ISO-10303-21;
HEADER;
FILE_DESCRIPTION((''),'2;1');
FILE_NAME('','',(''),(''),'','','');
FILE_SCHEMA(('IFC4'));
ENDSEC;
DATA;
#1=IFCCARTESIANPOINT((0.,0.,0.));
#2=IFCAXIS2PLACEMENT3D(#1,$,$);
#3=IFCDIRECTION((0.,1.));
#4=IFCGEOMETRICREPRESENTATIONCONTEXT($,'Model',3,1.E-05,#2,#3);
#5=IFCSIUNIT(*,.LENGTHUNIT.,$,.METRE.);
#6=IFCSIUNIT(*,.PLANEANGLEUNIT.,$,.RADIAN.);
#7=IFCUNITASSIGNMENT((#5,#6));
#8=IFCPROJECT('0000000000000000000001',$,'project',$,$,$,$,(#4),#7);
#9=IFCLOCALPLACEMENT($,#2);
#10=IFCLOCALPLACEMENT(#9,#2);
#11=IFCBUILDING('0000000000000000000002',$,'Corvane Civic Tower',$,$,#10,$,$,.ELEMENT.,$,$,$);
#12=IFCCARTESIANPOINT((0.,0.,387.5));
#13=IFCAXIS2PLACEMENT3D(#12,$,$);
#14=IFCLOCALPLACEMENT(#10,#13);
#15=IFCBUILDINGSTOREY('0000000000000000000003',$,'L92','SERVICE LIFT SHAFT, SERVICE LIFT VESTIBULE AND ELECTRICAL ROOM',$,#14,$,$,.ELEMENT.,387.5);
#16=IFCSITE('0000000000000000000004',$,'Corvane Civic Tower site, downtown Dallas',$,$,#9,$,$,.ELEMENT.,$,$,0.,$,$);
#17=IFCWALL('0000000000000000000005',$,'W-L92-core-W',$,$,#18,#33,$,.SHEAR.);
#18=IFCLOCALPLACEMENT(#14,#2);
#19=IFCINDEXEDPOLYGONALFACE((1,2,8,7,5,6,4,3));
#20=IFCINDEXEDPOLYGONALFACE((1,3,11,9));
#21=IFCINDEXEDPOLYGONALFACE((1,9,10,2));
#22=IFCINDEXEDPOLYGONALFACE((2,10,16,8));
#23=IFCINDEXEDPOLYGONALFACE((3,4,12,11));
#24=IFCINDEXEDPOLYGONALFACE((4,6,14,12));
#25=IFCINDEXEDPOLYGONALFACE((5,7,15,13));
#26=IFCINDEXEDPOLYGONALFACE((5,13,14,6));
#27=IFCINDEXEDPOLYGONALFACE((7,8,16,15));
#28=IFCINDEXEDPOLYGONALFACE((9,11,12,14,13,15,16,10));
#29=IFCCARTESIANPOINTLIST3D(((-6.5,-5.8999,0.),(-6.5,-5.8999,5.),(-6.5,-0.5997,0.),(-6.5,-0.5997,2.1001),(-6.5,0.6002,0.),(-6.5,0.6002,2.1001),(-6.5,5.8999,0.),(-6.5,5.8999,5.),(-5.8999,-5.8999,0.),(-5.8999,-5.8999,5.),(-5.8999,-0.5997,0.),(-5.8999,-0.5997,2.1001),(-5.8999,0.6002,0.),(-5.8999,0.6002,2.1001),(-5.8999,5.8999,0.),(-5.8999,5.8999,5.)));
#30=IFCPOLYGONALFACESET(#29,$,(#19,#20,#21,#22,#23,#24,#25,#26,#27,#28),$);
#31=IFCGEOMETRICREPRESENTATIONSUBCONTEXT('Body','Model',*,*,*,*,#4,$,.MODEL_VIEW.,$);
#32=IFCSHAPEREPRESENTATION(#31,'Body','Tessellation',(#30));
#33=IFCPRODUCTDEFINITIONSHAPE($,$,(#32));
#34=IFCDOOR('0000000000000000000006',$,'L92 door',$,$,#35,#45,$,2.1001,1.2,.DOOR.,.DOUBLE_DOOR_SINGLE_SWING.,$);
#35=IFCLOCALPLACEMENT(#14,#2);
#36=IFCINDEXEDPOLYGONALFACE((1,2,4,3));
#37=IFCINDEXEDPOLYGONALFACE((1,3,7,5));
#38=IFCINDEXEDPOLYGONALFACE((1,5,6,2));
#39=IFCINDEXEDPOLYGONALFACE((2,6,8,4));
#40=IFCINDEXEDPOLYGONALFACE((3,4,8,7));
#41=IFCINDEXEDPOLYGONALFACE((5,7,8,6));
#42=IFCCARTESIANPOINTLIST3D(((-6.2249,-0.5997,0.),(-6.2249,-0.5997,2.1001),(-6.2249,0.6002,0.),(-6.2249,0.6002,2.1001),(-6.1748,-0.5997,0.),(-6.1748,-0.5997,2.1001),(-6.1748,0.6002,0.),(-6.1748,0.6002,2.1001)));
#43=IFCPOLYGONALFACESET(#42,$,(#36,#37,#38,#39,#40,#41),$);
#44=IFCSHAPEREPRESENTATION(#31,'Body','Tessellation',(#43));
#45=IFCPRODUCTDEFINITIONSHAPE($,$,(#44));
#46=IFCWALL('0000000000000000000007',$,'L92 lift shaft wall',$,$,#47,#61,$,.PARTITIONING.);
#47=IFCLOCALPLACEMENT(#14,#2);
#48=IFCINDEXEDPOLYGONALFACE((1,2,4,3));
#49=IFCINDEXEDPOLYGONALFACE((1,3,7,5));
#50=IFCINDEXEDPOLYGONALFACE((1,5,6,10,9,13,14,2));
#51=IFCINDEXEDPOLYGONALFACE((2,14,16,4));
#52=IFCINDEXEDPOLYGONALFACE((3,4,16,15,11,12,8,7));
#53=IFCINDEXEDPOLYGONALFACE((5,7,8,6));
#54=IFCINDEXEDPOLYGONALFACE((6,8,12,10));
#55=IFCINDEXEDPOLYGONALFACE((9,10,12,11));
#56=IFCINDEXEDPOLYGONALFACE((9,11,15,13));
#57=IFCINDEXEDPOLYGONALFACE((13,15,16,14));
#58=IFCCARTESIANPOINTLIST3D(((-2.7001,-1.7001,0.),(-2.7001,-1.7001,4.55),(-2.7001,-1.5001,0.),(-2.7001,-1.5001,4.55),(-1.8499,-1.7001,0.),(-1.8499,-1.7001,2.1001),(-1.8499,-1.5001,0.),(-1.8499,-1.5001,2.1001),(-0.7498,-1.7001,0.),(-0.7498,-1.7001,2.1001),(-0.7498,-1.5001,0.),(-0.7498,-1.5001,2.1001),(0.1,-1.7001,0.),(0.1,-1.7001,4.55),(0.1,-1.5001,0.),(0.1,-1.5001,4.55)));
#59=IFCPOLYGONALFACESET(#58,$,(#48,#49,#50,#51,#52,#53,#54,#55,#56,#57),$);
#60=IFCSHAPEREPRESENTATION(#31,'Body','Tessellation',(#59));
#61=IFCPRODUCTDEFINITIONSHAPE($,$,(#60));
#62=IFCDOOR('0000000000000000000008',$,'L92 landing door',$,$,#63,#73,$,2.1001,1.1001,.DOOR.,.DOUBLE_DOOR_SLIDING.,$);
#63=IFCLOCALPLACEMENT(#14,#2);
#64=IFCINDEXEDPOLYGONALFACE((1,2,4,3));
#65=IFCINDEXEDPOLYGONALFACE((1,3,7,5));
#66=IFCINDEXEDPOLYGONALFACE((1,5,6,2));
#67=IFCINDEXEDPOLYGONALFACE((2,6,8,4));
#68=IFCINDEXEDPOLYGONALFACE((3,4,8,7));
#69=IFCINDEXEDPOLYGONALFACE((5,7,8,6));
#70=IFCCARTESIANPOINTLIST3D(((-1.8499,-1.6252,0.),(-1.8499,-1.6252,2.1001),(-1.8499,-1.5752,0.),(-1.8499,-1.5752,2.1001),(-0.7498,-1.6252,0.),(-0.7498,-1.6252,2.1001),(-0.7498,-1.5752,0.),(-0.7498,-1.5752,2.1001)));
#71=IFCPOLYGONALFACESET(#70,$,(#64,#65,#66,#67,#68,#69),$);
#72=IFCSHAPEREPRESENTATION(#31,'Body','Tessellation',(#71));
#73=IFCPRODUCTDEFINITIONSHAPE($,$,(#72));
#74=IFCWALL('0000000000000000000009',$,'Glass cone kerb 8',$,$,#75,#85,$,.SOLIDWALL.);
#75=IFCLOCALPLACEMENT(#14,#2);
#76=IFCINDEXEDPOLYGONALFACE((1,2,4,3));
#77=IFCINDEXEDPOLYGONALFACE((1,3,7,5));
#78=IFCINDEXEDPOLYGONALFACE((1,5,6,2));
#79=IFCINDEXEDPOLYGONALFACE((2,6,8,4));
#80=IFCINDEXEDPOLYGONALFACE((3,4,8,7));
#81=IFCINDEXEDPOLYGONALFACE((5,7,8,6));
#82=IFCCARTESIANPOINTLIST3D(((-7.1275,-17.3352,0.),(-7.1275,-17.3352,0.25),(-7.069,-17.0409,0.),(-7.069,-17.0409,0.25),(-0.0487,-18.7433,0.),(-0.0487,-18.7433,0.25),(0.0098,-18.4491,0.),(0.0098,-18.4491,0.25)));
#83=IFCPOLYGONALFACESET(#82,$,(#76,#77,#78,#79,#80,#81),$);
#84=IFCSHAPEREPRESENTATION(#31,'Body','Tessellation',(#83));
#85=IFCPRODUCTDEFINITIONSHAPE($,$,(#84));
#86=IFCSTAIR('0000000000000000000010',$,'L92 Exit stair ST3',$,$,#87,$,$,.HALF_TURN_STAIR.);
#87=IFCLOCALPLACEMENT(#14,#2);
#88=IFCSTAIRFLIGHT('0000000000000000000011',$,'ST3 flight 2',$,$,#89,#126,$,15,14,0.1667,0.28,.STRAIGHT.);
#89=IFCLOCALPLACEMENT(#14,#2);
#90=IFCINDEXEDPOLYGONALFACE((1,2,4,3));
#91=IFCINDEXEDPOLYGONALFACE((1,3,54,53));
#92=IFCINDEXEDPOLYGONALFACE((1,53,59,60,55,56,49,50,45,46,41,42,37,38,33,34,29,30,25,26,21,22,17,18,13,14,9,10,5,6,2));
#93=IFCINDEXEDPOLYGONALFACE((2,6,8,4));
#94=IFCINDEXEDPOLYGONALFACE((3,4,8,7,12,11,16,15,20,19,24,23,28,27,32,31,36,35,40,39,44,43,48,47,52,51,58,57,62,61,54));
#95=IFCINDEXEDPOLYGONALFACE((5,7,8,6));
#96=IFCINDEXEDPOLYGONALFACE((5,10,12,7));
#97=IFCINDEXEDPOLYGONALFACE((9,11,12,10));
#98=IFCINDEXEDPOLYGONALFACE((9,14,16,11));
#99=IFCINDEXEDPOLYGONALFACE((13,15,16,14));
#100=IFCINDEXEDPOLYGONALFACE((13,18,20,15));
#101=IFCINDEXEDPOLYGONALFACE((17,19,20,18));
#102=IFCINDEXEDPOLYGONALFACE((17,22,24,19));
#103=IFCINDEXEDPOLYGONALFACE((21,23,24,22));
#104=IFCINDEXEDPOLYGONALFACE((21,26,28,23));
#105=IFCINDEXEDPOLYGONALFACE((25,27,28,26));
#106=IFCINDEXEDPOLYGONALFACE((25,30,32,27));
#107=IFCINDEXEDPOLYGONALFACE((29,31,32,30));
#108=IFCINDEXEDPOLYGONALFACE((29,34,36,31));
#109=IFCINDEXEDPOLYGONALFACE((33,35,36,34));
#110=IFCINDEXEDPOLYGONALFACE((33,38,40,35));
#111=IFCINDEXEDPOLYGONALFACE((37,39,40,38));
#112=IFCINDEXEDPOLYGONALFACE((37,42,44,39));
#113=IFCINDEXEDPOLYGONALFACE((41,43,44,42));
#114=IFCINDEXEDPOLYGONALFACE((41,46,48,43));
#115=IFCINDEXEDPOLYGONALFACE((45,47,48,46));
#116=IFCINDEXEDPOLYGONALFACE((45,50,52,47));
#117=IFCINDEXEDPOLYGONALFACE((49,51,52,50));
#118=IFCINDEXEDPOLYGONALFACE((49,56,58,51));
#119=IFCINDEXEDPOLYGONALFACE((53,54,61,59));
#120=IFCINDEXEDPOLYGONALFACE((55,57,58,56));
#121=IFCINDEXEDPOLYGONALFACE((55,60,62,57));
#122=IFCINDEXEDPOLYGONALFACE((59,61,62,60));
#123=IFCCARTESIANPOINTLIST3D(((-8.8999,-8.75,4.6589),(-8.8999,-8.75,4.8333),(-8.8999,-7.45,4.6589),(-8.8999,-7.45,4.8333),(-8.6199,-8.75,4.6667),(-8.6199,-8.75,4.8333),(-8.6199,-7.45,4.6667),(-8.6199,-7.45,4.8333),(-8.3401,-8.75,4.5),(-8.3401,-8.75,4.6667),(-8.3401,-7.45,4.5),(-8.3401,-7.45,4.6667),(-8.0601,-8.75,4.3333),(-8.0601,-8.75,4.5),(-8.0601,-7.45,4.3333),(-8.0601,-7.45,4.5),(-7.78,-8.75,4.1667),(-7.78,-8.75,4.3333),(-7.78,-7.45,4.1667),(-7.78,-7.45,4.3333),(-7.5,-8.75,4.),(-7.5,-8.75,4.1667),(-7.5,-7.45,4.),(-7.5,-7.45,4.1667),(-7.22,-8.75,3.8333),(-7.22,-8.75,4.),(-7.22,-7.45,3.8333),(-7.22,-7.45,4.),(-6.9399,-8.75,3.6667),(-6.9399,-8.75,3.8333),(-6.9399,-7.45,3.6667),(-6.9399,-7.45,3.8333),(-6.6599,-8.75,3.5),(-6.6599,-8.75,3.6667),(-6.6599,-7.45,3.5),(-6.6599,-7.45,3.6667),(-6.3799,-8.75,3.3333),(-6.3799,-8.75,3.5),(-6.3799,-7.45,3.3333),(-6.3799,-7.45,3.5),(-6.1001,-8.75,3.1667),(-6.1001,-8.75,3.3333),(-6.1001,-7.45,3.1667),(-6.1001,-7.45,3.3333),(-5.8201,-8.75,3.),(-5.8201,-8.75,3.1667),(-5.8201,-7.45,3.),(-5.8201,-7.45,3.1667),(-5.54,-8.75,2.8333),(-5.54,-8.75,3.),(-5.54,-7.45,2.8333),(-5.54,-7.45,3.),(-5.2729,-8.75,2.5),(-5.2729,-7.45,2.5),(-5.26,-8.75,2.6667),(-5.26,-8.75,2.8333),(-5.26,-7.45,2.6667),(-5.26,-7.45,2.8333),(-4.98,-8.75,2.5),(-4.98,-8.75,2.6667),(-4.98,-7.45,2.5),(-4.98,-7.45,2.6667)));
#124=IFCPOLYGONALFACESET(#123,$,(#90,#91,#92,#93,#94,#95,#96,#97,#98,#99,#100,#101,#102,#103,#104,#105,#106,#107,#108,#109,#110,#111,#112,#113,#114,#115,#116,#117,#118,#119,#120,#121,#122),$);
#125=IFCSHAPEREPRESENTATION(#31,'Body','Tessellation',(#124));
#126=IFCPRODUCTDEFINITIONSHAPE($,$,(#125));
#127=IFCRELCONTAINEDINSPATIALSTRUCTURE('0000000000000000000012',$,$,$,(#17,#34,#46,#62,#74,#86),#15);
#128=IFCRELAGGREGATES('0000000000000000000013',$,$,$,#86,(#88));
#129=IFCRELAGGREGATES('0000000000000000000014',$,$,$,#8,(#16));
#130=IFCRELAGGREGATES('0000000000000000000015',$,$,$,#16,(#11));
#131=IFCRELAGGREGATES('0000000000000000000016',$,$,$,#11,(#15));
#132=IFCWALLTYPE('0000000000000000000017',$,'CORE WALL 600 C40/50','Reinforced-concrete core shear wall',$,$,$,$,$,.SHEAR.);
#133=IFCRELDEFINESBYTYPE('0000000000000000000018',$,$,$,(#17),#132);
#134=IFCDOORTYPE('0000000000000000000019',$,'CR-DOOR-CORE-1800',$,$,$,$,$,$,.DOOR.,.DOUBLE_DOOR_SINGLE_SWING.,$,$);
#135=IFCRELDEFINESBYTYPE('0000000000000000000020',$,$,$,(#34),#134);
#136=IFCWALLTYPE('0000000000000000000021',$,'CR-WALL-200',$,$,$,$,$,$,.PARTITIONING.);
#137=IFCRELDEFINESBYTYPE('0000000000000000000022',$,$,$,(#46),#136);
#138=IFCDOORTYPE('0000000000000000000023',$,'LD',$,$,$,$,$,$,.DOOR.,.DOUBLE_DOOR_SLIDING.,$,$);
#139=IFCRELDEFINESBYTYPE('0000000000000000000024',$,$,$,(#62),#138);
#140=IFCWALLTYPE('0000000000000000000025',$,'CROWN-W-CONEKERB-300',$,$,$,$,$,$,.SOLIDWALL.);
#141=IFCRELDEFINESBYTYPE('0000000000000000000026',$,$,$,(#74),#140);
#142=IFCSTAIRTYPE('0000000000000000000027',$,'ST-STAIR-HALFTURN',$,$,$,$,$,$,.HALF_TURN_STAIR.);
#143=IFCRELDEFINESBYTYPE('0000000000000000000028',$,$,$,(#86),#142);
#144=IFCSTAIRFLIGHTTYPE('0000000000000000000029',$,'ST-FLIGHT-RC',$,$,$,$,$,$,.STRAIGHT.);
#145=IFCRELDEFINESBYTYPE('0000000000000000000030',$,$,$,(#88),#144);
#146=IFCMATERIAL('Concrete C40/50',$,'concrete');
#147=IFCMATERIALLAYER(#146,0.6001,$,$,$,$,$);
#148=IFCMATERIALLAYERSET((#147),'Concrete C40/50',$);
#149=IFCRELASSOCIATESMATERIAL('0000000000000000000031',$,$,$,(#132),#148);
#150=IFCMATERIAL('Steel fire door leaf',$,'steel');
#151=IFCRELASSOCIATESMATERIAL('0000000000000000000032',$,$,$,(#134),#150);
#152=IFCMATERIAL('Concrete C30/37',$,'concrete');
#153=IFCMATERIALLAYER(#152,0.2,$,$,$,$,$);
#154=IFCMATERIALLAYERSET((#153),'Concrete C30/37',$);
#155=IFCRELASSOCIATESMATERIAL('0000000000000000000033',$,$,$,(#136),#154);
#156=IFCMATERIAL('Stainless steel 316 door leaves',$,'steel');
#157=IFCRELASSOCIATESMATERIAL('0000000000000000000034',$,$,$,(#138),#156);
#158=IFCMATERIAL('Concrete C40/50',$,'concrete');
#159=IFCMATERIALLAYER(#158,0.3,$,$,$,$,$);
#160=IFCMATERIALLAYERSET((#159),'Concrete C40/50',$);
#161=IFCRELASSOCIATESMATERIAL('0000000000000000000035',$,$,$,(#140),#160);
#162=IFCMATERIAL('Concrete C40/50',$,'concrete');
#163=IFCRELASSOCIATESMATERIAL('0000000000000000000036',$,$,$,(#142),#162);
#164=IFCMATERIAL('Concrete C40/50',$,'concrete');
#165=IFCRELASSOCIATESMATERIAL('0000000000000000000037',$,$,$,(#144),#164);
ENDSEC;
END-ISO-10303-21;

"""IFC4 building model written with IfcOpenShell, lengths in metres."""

from ifc_helpers import new_model, si_unit, direction, frame, frame_2d, origin, place, context, subcontext, project, spatial, polyline, rectangle, outline, extrude, material, layer, layer_set, type_object, element, fill, aggregate, save


model = new_model("IFC4")

# Units and contexts
model_context = context("Model", 3, precision=1e-05, world=origin(), true_north=direction((0.0, 1.0)))
body_context = subcontext(model_context, "Body", "Model", "MODEL_VIEW")
ifc_project = project(units=[si_unit("LENGTHUNIT", "METRE"), si_unit("PLANEANGLEUNIT", "RADIAN")], contexts=[model_context])

# Site, building, storey
site_placement = place(None, origin())
site = spatial("IfcSite", under=ifc_project, at=site_placement, Name="Corvane Civic Tower site, downtown Dallas", CompositionType="ELEMENT", RefElevation=0.0)
building_placement = place(site_placement, origin())
building = spatial("IfcBuilding", under=site, at=building_placement, Name="Corvane Civic Tower", CompositionType="ELEMENT")
storey_placement = place(building_placement, frame((0.0, 0.0, 387.5)))
storey = spatial("IfcBuildingStorey", under=building, at=storey_placement, Name="L92", Description="SERVICE LIFT SHAFT, SERVICE LIFT VESTIBULE AND ELECTRICAL ROOM", CompositionType="ELEMENT", Elevation=387.5)

# Shared definitions
ifc_material_1 = material(Name="Concrete C40/50", Category="concrete")
ifc_layer_1 = layer(ifc_material_1, 0.6001)
ifc_layer_set_1 = layer_set([ifc_layer_1], Name="Concrete C40/50")
wall_type_1 = type_object("IfcWallType", Name="CORE WALL 600 C40/50", Description="Reinforced-concrete core shear wall", PredefinedType="SHEAR", material=ifc_layer_set_1)

# Walls, openings, doors
wall_1_placement = place(storey_placement, frame((-6.2, -5.8999, 0.0), z_axis=(0.0, 0.0, 1.0), x_axis=(0.0, 1.0, 0.0)))
wall_1 = element("IfcWall", 1, at=wall_1_placement, inside=storey, type_object=wall_type_1, Name="W-L92-core-W", PredefinedType="SHEAR", context=body_context, shape_type="SweptSolid", body=[
    extrude(rectangle(XDim=11.7998, YDim=0.6001, at=frame_2d((5.8999, 0.0))), origin(), (0.0, 0.0, 1.0), 5.0),
])
opening_1_placement = place(wall_1_placement, frame((5.3, 0.0, 0.0)))
opening_1 = element("IfcOpeningElement", 2, at=opening_1_placement, cuts=wall_1, PredefinedType="OPENING", context=body_context, shape_type="SweptSolid", body=[
    extrude(rectangle(XDim=1.2, YDim=2.1001, at=frame_2d((0.6001, 1.05))), frame((0.0, 0.3101, 0.0), z_axis=(0.0, -1.0, 0.0), x_axis=(1.0, 0.0, 0.0)), (0.0, 0.0, 1.0), 0.6201),
])
ifc_material_2 = material(Name="Steel fire door leaf", Category="steel")
door_type_1 = type_object("IfcDoorType", Name="CR-DOOR-CORE-1800", OperationType="DOUBLE_DOOR_SINGLE_SWING", PredefinedType="DOOR", material=ifc_material_2)
door_1_placement = place(opening_1_placement, origin())
door_1 = element("IfcDoor", 3, at=door_1_placement, inside=storey, type_object=door_type_1, Name="L92 door", OperationType="DOUBLE_DOOR_SINGLE_SWING", OverallHeight=2.1001, OverallWidth=1.2, PredefinedType="DOOR", context=body_context, shape_type="SweptSolid", body=[
    extrude(rectangle(XDim=1.2, YDim=2.1001, at=frame_2d((0.6001, 1.05))), frame((0.0, 0.0249, 0.0), z_axis=(0.0, -1.0, 0.0), x_axis=(1.0, 0.0, 0.0)), (0.0, 0.0, 1.0), 0.05),
])
fill(opening_1, door_1)
ifc_material_3 = material(Name="Concrete C30/37", Category="concrete")
ifc_layer_2 = layer(ifc_material_3, 0.2)
ifc_layer_set_2 = layer_set([ifc_layer_2], Name="Concrete C30/37")
wall_type_2 = type_object("IfcWallType", Name="CR-WALL-200", PredefinedType="PARTITIONING", material=ifc_layer_set_2)
wall_2_placement = place(storey_placement, frame((-2.7, -1.6001, 0.0), z_axis=(0.0, 0.0, 1.0), x_axis=(1.0, 0.0, 0.0)))
wall_2 = element("IfcWall", 4, at=wall_2_placement, inside=storey, type_object=wall_type_2, Name="L92 lift shaft wall", PredefinedType="PARTITIONING", context=body_context, shape_type="SweptSolid", body=[
    extrude(rectangle(XDim=2.8, YDim=0.2, at=frame_2d((1.3999, 0.0))), origin(), (0.0, 0.0, 1.0), 4.55),
])
opening_2_placement = place(wall_2_placement, frame((0.8501, 0.0, 0.0)))
opening_2 = element("IfcOpeningElement", 5, at=opening_2_placement, cuts=wall_2, PredefinedType="OPENING", context=body_context, shape_type="SweptSolid", body=[
    extrude(rectangle(XDim=1.1001, YDim=2.1001, at=frame_2d((0.55, 1.05))), frame((0.0, 0.1099, 0.0), z_axis=(0.0, -1.0, 0.0), x_axis=(1.0, 0.0, 0.0)), (0.0, 0.0, 1.0), 0.22),
])
ifc_material_4 = material(Name="Stainless steel 316 door leaves", Category="steel")
door_type_2 = type_object("IfcDoorType", Name="LD", OperationType="DOUBLE_DOOR_SLIDING", PredefinedType="DOOR", material=ifc_material_4)
door_2_placement = place(opening_2_placement, origin())
door_2 = element("IfcDoor", 6, at=door_2_placement, inside=storey, type_object=door_type_2, Name="L92 landing door", OperationType="DOUBLE_DOOR_SLIDING", OverallHeight=2.1001, OverallWidth=1.1001, PredefinedType="DOOR", context=body_context, shape_type="SweptSolid", body=[
    extrude(rectangle(XDim=1.1001, YDim=2.1001, at=frame_2d((0.55, 1.05))), frame((0.0, 0.0249, 0.0), z_axis=(0.0, -1.0, 0.0), x_axis=(1.0, 0.0, 0.0)), (0.0, 0.0, 1.0), 0.05),
])
fill(opening_2, door_2)

# Wall
ifc_material_5 = material(Name="Concrete C40/50", Category="concrete")
ifc_layer_3 = layer(ifc_material_5, 0.3)
ifc_layer_set_3 = layer_set([ifc_layer_3], Name="Concrete C40/50")
wall_type_3 = type_object("IfcWallType", Name="CROWN-W-CONEKERB-300", PredefinedType="SOLIDWALL", material=ifc_layer_set_3)
wall_3_placement = place(storey_placement, frame((-7.0984, -17.188, 0.0), z_axis=(0.0, 0.0, 1.0), x_axis=(0.980782, -0.195108, 0.0)))
element("IfcWall", 7, at=wall_3_placement, inside=storey, type_object=wall_type_3, Name="Glass cone kerb 8", PredefinedType="SOLIDWALL", context=body_context, shape_type="SweptSolid", body=[
    extrude(rectangle(XDim=7.2175, YDim=0.3, at=frame_2d((3.6089, 0.0))), origin(), (0.0, 0.0, 1.0), 0.25),
])

# Stair, stair flight
ifc_material_6 = material(Name="Concrete C40/50", Category="concrete")
stair_type = type_object("IfcStairType", Name="ST-STAIR-HALFTURN", PredefinedType="HALF_TURN_STAIR", material=ifc_material_6)
stair_placement = place(storey_placement, origin())
stair = element("IfcStair", 8, at=stair_placement, inside=storey, type_object=stair_type, Name="L92 Exit stair ST3", PredefinedType="HALF_TURN_STAIR")
ifc_material_7 = material(Name="Concrete C40/50", Category="concrete")
stair_flight_type = type_object("IfcStairFlightType", Name="ST-FLIGHT-RC", PredefinedType="STRAIGHT", material=ifc_material_7)
stair_flight_placement = place(storey_placement, frame((-4.98, -8.1001, 2.5), z_axis=(0.0, 0.0, 1.0), x_axis=(-1.0, 0.0, 0.0)))
stair_flight = element("IfcStairFlight", 9, at=stair_flight_placement, type_object=stair_flight_type, Name="ST3 flight 2", NumberOfRisers=15, NumberOfTreads=14, PredefinedType="STRAIGHT", RiserHeight=0.1667, TreadLength=0.28, context=body_context, shape_type="SweptSolid", body=[
    extrude(outline(polyline([(0.0, 0.0), (0.0, 0.1667), (0.28, 0.1667), (0.28, 0.3333), (0.5601, 0.3333), (0.5601, 0.5), (0.8401, 0.5), (0.8401, 0.6667), (1.1201, 0.6667), (1.1201, 0.8333), (1.3999, 0.8333), (1.3999, 1.0), (1.6799, 1.0), (1.6799, 1.1667), (1.96, 1.1667), (1.96, 1.3333), (2.24, 1.3333), (2.24, 1.5), (2.52, 1.5), (2.52, 1.6667), (2.8, 1.6667), (2.8, 1.8333), (3.0801, 1.8333), (3.0801, 2.0), (3.3601, 2.0), (3.3601, 2.1667), (3.6399, 2.1667), (3.6399, 2.3333), (3.9199, 2.3333), (3.9199, 2.5), (3.9199, 2.1589), (0.293, 0.0), (0.0, 0.0)])), frame((0.0, 0.6499, 0.0), z_axis=(0.0, -1.0, 0.0), x_axis=(1.0, 0.0, 0.0)), (0.0, 0.0, 1.0), 1.3),
])
aggregate(stair, [stair_flight])

save(model, "model.ifc")
